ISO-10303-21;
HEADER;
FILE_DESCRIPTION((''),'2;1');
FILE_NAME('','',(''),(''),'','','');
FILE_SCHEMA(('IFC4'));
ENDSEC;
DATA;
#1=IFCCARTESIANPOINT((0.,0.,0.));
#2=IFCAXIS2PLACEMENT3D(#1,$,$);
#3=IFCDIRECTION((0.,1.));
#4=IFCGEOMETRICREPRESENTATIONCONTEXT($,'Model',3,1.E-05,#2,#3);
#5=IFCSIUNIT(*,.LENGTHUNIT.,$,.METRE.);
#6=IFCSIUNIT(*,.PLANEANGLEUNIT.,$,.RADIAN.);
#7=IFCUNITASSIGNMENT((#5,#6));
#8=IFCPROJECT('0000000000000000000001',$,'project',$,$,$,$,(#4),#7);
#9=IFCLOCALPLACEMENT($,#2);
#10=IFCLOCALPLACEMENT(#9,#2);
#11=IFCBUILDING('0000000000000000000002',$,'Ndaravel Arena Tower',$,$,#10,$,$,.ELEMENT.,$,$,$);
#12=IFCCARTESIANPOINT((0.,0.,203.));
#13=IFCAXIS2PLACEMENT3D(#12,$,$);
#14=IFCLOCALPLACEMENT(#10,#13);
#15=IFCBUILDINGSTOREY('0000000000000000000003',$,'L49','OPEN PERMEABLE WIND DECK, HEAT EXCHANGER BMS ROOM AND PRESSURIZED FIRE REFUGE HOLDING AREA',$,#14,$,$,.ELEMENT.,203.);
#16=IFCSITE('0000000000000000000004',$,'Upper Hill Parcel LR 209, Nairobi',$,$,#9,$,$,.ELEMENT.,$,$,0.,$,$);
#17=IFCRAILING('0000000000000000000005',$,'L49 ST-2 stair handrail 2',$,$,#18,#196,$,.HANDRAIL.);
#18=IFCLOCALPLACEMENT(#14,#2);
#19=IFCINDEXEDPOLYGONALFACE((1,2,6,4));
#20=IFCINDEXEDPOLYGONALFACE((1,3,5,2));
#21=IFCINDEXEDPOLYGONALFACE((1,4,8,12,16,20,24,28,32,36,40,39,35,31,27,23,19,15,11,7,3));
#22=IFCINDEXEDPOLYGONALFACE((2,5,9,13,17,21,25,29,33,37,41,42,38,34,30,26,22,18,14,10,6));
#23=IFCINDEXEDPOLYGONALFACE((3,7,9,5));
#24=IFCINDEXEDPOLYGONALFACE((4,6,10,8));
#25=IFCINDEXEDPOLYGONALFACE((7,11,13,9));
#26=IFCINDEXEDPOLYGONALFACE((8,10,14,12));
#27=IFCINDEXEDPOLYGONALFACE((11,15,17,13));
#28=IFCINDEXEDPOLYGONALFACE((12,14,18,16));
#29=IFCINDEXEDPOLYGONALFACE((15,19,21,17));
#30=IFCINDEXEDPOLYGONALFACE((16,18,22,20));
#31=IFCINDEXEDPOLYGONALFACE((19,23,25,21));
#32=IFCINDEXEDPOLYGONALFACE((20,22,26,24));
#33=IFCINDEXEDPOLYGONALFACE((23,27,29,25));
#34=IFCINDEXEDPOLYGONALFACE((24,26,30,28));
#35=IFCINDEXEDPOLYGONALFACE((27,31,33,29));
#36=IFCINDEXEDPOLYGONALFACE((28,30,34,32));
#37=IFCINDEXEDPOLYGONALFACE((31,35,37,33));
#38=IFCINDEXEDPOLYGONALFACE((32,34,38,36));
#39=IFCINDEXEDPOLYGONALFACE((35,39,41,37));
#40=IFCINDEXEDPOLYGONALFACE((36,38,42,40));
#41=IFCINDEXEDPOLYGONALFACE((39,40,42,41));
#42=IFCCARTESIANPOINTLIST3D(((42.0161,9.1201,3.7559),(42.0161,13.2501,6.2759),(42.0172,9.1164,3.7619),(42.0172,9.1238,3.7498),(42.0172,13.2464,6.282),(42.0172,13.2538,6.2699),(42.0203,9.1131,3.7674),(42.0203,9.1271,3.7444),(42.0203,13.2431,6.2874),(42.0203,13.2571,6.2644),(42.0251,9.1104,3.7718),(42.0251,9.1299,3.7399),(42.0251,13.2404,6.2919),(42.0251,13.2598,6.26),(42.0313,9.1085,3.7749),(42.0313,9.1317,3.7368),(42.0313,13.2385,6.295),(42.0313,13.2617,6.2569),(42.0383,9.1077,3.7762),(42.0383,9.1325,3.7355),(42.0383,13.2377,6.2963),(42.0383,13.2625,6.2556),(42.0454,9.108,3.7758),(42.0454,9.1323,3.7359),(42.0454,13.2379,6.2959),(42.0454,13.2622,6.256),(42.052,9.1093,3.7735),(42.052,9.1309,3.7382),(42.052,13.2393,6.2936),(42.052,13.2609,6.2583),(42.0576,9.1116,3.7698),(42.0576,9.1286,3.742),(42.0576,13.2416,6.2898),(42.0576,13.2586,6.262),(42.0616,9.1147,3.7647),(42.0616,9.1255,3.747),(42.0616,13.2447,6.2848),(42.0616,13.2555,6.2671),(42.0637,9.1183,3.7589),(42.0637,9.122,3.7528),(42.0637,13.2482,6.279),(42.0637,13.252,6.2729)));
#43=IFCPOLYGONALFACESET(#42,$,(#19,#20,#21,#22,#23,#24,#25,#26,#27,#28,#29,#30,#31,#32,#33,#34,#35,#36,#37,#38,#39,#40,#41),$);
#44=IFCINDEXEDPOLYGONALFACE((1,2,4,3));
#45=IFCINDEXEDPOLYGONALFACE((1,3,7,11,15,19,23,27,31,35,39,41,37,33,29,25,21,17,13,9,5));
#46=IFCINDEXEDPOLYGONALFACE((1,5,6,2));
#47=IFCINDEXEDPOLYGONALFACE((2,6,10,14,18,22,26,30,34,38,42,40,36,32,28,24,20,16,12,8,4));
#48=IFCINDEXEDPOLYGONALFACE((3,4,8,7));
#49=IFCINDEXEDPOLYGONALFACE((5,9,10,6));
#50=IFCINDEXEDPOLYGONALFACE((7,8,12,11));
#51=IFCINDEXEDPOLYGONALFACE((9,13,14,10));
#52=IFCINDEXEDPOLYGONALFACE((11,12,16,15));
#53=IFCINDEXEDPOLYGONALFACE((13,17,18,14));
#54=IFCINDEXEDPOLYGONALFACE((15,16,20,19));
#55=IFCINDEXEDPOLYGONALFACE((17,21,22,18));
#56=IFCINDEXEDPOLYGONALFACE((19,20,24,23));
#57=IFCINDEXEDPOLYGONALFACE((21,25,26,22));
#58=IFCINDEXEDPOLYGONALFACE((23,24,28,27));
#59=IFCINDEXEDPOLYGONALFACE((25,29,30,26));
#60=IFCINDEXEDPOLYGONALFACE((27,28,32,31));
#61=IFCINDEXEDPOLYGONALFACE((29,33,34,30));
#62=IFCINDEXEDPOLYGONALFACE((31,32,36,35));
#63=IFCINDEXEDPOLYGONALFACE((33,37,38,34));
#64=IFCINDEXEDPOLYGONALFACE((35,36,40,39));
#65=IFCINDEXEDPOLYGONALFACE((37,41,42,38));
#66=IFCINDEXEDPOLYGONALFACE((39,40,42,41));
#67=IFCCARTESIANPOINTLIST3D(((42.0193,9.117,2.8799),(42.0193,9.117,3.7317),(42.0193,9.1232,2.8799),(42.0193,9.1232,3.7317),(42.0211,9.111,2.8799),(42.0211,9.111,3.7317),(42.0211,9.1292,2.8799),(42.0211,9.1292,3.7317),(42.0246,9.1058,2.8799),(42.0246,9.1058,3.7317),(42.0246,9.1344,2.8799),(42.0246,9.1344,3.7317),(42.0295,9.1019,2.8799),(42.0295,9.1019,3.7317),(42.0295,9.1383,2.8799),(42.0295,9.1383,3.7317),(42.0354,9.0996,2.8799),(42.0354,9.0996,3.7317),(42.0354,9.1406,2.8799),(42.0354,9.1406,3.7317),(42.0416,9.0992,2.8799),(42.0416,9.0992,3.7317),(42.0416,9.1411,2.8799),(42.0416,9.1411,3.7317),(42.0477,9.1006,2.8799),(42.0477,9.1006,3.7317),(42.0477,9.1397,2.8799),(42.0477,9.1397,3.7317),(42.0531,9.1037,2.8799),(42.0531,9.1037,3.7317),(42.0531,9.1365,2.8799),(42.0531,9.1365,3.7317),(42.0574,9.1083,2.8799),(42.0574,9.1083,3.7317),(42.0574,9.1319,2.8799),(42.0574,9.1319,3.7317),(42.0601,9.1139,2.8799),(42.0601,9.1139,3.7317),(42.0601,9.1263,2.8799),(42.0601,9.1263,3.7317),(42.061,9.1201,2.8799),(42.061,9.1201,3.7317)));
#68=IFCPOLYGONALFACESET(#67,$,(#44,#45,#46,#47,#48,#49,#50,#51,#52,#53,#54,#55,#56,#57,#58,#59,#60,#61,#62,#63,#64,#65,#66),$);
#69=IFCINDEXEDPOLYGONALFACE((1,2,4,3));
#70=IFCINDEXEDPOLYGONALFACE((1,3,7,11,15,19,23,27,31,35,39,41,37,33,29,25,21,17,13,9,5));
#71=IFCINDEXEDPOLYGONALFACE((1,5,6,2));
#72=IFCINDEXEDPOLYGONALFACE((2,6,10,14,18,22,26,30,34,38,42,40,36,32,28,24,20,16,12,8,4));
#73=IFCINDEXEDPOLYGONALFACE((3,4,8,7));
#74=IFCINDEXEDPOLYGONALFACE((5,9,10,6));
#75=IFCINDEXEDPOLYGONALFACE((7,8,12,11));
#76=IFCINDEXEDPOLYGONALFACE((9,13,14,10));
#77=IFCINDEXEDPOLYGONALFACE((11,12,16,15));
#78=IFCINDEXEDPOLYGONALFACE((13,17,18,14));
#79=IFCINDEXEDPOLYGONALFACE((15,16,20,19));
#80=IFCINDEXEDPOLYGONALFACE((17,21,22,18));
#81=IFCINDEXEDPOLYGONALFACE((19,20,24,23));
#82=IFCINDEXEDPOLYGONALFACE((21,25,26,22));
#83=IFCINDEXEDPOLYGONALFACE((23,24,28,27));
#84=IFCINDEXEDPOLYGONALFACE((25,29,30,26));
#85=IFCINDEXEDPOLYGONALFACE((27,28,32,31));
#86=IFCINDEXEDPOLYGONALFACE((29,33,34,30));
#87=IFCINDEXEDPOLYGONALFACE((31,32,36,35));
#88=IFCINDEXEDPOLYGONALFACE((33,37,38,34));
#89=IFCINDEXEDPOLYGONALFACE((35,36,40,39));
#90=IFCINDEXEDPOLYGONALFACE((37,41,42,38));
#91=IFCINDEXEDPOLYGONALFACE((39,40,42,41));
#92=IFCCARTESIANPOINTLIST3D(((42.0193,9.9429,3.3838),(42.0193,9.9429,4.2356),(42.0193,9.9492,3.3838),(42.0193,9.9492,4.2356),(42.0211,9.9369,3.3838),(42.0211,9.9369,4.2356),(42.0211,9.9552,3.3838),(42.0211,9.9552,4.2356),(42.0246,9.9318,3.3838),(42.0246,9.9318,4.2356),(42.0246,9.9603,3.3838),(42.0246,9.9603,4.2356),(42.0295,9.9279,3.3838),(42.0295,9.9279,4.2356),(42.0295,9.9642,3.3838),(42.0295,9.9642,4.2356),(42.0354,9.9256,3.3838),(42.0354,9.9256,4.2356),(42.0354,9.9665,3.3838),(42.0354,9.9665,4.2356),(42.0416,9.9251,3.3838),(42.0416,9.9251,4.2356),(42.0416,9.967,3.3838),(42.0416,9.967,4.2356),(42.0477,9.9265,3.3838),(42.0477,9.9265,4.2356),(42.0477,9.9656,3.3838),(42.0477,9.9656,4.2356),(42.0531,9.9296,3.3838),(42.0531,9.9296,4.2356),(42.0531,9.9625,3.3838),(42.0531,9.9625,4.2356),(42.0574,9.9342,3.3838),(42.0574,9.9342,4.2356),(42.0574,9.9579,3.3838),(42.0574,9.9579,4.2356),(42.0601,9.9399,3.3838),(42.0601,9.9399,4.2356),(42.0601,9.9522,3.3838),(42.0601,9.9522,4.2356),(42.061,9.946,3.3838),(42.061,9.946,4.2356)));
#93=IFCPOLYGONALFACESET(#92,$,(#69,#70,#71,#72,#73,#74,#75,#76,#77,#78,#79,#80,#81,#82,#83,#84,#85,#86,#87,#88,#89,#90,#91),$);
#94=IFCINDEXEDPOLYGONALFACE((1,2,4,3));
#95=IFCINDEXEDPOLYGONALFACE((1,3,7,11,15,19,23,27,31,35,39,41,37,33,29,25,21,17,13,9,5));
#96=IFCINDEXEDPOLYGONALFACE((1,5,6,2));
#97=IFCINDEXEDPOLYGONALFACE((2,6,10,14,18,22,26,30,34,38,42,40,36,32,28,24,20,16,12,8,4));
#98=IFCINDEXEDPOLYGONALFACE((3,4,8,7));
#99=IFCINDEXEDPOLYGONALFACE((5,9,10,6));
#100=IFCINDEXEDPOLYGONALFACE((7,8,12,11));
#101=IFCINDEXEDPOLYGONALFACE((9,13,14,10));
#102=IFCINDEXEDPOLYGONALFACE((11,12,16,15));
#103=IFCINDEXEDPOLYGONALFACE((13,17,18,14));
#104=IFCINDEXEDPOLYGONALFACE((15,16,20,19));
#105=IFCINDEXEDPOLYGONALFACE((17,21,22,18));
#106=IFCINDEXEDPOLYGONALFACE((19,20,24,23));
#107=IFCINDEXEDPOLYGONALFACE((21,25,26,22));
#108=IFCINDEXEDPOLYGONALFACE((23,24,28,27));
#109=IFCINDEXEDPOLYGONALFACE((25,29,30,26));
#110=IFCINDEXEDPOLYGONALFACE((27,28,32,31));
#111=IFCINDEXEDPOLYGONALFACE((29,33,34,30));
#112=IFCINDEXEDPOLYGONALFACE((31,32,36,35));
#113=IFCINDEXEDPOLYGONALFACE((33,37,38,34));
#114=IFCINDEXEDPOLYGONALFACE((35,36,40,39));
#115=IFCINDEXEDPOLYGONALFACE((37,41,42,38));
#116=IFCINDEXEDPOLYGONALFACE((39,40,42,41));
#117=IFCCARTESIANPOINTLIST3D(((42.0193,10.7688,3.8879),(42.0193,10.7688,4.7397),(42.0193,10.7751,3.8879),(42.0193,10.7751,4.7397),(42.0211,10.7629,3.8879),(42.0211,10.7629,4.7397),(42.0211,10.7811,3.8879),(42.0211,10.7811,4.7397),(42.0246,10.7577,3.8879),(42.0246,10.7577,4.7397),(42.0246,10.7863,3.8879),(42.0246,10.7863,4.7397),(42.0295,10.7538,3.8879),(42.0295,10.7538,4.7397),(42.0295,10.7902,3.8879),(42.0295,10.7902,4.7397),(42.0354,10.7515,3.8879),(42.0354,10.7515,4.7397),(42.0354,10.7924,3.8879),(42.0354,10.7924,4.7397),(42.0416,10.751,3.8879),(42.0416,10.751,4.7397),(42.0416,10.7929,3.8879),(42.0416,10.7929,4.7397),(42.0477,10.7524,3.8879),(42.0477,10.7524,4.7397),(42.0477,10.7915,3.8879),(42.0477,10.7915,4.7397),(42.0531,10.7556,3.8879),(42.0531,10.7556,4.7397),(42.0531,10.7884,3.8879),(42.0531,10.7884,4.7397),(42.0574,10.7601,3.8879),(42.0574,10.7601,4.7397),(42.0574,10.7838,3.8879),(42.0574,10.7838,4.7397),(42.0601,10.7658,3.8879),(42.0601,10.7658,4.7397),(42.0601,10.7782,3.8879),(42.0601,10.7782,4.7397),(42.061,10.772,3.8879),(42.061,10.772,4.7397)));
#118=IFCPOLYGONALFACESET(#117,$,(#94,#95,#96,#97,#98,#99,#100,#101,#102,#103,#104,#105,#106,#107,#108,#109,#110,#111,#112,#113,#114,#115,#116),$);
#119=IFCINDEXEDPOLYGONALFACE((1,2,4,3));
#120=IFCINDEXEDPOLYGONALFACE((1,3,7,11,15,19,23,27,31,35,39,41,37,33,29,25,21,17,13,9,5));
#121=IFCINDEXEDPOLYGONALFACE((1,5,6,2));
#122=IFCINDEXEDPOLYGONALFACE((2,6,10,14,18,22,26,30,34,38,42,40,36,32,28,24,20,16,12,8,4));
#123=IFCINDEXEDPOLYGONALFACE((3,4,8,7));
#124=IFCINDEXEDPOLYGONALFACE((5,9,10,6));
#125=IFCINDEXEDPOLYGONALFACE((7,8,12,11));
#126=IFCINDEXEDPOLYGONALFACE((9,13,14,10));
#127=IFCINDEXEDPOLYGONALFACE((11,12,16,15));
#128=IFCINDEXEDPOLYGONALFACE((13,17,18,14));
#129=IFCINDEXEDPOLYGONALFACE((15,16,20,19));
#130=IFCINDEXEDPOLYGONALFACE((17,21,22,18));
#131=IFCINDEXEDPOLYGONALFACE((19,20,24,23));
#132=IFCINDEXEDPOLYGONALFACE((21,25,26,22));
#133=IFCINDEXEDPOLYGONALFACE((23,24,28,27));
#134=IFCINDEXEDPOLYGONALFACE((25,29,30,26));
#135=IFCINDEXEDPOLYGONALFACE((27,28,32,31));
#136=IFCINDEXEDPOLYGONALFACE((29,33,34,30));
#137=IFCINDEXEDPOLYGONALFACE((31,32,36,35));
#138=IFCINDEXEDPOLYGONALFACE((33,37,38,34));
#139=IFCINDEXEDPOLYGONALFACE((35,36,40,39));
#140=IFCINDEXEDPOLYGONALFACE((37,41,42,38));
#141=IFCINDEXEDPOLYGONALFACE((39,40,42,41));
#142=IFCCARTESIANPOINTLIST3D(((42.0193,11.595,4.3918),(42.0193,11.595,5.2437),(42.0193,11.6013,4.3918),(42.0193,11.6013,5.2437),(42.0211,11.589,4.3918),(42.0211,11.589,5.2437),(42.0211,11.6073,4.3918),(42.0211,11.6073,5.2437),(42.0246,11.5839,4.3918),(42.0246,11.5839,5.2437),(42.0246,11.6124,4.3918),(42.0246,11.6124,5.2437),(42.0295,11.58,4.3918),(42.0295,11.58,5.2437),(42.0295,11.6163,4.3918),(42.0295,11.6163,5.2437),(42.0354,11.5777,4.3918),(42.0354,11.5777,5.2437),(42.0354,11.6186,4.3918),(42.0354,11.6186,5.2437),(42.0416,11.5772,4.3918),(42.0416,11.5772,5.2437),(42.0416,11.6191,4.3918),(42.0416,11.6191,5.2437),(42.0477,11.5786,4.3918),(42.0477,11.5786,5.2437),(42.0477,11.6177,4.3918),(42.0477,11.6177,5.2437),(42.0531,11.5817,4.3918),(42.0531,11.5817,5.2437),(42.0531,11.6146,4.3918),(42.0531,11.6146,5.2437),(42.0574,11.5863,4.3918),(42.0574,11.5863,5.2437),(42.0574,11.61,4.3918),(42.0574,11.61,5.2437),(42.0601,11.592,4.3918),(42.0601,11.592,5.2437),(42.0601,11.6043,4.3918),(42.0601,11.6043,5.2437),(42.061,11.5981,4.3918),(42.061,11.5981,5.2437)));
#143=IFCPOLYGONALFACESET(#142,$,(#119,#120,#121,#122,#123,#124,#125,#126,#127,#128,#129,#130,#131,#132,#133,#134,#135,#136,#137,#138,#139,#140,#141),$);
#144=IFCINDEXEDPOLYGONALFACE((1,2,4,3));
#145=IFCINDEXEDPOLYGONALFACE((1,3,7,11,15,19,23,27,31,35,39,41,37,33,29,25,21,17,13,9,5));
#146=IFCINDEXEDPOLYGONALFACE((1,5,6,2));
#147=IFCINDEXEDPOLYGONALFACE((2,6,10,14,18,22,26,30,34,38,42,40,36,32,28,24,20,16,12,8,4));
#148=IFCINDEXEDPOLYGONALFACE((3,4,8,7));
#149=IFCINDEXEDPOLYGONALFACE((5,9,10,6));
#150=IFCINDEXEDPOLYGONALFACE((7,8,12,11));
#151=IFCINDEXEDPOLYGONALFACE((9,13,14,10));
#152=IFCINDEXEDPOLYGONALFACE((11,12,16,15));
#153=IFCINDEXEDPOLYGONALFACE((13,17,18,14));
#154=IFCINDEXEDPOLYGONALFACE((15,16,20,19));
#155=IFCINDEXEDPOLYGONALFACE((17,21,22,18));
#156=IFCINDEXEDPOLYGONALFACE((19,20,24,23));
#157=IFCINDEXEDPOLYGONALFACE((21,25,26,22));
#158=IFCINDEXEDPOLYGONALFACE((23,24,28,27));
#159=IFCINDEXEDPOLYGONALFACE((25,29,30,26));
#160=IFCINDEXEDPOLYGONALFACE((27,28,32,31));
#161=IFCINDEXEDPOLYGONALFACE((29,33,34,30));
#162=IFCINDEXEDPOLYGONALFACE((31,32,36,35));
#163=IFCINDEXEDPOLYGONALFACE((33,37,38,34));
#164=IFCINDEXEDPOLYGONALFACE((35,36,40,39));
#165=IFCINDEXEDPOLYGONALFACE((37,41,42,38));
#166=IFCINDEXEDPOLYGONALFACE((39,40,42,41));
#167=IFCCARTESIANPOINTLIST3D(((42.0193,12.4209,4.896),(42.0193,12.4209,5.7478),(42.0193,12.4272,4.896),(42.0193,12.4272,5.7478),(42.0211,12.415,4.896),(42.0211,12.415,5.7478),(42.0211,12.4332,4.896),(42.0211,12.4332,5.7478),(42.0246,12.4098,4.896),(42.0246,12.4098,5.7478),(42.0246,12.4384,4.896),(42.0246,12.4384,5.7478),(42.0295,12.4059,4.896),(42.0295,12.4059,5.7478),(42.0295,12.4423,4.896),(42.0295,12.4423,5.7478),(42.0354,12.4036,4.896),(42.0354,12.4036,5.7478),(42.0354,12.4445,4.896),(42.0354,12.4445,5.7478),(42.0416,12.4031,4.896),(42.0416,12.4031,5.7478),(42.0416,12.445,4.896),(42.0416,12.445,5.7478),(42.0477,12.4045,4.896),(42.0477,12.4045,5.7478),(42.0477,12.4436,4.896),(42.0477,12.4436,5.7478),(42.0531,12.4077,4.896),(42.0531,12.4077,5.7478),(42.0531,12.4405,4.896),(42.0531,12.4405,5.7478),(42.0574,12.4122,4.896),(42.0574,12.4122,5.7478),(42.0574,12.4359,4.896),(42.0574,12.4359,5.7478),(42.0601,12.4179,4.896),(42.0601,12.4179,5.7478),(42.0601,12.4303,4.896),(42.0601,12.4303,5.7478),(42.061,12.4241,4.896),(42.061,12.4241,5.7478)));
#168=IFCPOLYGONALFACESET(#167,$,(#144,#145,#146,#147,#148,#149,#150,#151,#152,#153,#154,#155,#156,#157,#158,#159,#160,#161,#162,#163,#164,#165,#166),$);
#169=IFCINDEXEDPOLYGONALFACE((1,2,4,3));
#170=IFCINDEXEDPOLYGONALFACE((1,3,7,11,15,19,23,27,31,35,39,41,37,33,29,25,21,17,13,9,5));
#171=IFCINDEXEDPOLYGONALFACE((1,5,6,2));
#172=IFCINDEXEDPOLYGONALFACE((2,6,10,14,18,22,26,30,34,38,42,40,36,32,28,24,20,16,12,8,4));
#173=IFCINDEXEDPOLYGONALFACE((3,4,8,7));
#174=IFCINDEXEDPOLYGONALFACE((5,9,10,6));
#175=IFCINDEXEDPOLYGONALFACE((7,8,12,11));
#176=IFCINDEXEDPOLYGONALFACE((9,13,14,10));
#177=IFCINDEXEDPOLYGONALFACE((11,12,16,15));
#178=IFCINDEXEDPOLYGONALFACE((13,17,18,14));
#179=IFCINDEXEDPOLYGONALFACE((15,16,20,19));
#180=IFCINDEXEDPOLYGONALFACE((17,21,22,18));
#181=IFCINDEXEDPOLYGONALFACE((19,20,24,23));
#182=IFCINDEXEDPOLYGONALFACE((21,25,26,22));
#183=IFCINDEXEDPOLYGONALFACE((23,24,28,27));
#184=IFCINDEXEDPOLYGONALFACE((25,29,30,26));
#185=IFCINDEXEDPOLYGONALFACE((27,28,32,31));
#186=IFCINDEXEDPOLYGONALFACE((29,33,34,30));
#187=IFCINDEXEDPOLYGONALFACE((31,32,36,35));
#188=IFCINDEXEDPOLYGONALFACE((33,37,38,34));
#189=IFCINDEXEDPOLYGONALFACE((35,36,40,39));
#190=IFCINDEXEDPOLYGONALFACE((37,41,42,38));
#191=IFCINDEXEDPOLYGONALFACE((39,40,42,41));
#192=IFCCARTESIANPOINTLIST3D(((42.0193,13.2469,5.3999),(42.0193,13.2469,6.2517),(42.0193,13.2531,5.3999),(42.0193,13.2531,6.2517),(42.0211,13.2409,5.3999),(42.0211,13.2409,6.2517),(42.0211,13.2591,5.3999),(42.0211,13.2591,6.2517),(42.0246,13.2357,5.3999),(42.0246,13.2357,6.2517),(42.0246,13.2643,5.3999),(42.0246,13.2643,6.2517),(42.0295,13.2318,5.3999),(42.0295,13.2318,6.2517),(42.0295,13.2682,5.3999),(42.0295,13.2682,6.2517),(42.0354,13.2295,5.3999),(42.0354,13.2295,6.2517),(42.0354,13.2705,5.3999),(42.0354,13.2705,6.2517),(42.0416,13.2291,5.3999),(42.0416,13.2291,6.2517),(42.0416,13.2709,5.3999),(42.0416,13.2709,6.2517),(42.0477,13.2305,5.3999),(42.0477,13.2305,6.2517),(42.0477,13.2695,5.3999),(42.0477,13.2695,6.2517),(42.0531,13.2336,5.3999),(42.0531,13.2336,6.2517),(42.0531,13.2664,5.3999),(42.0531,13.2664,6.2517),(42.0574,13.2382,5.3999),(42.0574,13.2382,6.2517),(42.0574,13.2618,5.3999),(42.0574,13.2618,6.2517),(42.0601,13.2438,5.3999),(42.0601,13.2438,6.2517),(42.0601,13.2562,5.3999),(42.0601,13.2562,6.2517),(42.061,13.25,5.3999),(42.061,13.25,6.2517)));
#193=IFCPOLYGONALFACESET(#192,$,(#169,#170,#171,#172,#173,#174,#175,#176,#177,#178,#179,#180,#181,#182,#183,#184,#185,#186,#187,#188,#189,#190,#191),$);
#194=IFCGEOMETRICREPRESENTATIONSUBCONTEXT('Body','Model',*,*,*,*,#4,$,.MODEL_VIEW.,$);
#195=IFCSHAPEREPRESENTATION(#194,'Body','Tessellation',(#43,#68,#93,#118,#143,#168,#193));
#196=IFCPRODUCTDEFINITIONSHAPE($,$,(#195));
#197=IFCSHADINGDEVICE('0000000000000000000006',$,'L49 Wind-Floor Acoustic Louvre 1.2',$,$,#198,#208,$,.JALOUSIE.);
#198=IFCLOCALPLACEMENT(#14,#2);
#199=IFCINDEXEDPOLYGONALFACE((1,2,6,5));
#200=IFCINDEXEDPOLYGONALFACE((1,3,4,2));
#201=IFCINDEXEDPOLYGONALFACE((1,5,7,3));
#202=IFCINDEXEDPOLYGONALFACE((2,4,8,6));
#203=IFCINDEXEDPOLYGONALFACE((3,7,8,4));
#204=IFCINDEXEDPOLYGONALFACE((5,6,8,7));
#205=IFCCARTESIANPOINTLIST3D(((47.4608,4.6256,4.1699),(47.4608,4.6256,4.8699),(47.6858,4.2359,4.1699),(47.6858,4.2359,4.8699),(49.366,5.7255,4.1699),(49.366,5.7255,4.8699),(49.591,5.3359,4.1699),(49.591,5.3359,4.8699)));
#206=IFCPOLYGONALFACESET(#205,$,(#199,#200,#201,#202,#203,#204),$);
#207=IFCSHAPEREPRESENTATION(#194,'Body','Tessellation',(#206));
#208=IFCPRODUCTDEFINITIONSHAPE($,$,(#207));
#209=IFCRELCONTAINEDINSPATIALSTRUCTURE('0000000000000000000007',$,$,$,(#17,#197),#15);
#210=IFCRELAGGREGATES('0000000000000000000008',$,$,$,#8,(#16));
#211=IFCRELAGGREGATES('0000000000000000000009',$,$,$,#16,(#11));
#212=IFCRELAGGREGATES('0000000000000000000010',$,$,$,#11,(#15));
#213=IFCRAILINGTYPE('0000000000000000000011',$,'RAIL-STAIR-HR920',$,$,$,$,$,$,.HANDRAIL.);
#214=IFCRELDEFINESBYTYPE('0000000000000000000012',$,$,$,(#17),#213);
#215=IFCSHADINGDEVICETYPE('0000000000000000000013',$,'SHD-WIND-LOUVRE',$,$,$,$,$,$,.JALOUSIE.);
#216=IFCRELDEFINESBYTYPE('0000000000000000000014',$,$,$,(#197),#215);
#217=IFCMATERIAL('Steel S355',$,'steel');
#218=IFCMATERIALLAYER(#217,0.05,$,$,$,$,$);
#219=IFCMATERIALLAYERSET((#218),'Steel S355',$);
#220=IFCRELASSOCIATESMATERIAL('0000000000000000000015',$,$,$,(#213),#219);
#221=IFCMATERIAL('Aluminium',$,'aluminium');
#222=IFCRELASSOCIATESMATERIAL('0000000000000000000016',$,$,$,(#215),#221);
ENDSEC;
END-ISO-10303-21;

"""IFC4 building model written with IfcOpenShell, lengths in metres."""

from ifc_helpers import new_model, si_unit, direction, frame, origin, origin_2d, place, context, subcontext, project, spatial, rectangle, circle, extrude, material, layer, layer_set, type_object, element, save


model = new_model("IFC4")

# Units and contexts
model_context = context("Model", 3, precision=1e-05, world=origin(), true_north=direction((0.0, 1.0)))
body_context = subcontext(model_context, "Body", "Model", "MODEL_VIEW")
ifc_project = project(units=[si_unit("LENGTHUNIT", "METRE"), si_unit("PLANEANGLEUNIT", "RADIAN")], contexts=[model_context])

# Site, building, storey
site_placement = place(None, origin())
site = spatial("IfcSite", under=ifc_project, at=site_placement, Name="Upper Hill Parcel LR 209, Nairobi", CompositionType="ELEMENT", RefElevation=0.0)
building_placement = place(site_placement, origin())
building = spatial("IfcBuilding", under=site, at=building_placement, Name="Ndaravel Arena Tower", CompositionType="ELEMENT")
storey_placement = place(building_placement, frame((0.0, 0.0, 203.0)))
storey = spatial("IfcBuildingStorey", under=building, at=storey_placement, Name="L49", Description="OPEN PERMEABLE WIND DECK, HEAT EXCHANGER BMS ROOM AND PRESSURIZED FIRE REFUGE HOLDING AREA", CompositionType="ELEMENT", Elevation=203.0)

# Railing
ifc_material_1 = material(Name="Steel S355", Category="steel")
ifc_layer_1 = layer(ifc_material_1, 0.05)
ifc_layer_set_1 = layer_set([ifc_layer_1], Name="Steel S355")
railing_type_1 = type_object("IfcRailingType", Name="RAIL-STAIR-HR920", PredefinedType="HANDRAIL", material=ifc_layer_set_1)
railing_1_placement = place(storey_placement, frame((42.04, 9.1201, 2.8799)))
element("IfcRailing", 1, at=railing_1_placement, inside=storey, type_object=railing_type_1, Name="L49 ST-2 stair handrail 2", PredefinedType="HANDRAIL", context=body_context, shape_type="SweptSolid", body=[
    extrude(circle(Radius=0.0239, at=origin_2d()), frame((0.0, 0.0, 0.876), z_axis=(0.0, 0.853631, 0.520878), x_axis=(-1.0, 0.0, 0.0)), (0.0, 0.0, 1.0), 4.8381),
    extrude(circle(Radius=0.021, at=origin_2d()), origin(), (0.0, 0.0, 1.0), 0.8518),
    extrude(circle(Radius=0.021, at=origin_2d()), frame((0.0, 0.8259, 0.5039)), (0.0, 0.0, 1.0), 0.8518),
    extrude(circle(Radius=0.021, at=origin_2d()), frame((0.0, 1.6519, 1.0081)), (0.0, 0.0, 1.0), 0.8518),
    extrude(circle(Radius=0.021, at=origin_2d()), frame((0.0, 2.478, 1.512)), (0.0, 0.0, 1.0), 0.8518),
    extrude(circle(Radius=0.021, at=origin_2d()), frame((0.0, 3.304, 2.0161)), (0.0, 0.0, 1.0), 0.8518),
    extrude(circle(Radius=0.021, at=origin_2d()), frame((0.0, 4.1299, 2.52)), (0.0, 0.0, 1.0), 0.8518),
])

# Shading device
ifc_material_2 = material(Name="Aluminium", Category="aluminium")
shading_device_type = type_object("IfcShadingDeviceType", Name="SHD-WIND-LOUVRE", PredefinedType="JALOUSIE", material=ifc_material_2)
shading_device_placement = place(storey_placement, frame((48.5259, 4.9807, 4.1699), z_axis=(0.0, 0.0, 1.0), x_axis=(0.5, -0.866025, 0.0)))
element("IfcShadingDevice", 2, at=shading_device_placement, inside=storey, type_object=shading_device_type, Name="L49 Wind-Floor Acoustic Louvre 1.2", PredefinedType="JALOUSIE", context=body_context, shape_type="SweptSolid", body=[
    extrude(rectangle(XDim=0.45, YDim=2.2, at=origin_2d()), origin(), (0.0, 0.0, 1.0), 0.7),
])

save(model, "model.ifc")
